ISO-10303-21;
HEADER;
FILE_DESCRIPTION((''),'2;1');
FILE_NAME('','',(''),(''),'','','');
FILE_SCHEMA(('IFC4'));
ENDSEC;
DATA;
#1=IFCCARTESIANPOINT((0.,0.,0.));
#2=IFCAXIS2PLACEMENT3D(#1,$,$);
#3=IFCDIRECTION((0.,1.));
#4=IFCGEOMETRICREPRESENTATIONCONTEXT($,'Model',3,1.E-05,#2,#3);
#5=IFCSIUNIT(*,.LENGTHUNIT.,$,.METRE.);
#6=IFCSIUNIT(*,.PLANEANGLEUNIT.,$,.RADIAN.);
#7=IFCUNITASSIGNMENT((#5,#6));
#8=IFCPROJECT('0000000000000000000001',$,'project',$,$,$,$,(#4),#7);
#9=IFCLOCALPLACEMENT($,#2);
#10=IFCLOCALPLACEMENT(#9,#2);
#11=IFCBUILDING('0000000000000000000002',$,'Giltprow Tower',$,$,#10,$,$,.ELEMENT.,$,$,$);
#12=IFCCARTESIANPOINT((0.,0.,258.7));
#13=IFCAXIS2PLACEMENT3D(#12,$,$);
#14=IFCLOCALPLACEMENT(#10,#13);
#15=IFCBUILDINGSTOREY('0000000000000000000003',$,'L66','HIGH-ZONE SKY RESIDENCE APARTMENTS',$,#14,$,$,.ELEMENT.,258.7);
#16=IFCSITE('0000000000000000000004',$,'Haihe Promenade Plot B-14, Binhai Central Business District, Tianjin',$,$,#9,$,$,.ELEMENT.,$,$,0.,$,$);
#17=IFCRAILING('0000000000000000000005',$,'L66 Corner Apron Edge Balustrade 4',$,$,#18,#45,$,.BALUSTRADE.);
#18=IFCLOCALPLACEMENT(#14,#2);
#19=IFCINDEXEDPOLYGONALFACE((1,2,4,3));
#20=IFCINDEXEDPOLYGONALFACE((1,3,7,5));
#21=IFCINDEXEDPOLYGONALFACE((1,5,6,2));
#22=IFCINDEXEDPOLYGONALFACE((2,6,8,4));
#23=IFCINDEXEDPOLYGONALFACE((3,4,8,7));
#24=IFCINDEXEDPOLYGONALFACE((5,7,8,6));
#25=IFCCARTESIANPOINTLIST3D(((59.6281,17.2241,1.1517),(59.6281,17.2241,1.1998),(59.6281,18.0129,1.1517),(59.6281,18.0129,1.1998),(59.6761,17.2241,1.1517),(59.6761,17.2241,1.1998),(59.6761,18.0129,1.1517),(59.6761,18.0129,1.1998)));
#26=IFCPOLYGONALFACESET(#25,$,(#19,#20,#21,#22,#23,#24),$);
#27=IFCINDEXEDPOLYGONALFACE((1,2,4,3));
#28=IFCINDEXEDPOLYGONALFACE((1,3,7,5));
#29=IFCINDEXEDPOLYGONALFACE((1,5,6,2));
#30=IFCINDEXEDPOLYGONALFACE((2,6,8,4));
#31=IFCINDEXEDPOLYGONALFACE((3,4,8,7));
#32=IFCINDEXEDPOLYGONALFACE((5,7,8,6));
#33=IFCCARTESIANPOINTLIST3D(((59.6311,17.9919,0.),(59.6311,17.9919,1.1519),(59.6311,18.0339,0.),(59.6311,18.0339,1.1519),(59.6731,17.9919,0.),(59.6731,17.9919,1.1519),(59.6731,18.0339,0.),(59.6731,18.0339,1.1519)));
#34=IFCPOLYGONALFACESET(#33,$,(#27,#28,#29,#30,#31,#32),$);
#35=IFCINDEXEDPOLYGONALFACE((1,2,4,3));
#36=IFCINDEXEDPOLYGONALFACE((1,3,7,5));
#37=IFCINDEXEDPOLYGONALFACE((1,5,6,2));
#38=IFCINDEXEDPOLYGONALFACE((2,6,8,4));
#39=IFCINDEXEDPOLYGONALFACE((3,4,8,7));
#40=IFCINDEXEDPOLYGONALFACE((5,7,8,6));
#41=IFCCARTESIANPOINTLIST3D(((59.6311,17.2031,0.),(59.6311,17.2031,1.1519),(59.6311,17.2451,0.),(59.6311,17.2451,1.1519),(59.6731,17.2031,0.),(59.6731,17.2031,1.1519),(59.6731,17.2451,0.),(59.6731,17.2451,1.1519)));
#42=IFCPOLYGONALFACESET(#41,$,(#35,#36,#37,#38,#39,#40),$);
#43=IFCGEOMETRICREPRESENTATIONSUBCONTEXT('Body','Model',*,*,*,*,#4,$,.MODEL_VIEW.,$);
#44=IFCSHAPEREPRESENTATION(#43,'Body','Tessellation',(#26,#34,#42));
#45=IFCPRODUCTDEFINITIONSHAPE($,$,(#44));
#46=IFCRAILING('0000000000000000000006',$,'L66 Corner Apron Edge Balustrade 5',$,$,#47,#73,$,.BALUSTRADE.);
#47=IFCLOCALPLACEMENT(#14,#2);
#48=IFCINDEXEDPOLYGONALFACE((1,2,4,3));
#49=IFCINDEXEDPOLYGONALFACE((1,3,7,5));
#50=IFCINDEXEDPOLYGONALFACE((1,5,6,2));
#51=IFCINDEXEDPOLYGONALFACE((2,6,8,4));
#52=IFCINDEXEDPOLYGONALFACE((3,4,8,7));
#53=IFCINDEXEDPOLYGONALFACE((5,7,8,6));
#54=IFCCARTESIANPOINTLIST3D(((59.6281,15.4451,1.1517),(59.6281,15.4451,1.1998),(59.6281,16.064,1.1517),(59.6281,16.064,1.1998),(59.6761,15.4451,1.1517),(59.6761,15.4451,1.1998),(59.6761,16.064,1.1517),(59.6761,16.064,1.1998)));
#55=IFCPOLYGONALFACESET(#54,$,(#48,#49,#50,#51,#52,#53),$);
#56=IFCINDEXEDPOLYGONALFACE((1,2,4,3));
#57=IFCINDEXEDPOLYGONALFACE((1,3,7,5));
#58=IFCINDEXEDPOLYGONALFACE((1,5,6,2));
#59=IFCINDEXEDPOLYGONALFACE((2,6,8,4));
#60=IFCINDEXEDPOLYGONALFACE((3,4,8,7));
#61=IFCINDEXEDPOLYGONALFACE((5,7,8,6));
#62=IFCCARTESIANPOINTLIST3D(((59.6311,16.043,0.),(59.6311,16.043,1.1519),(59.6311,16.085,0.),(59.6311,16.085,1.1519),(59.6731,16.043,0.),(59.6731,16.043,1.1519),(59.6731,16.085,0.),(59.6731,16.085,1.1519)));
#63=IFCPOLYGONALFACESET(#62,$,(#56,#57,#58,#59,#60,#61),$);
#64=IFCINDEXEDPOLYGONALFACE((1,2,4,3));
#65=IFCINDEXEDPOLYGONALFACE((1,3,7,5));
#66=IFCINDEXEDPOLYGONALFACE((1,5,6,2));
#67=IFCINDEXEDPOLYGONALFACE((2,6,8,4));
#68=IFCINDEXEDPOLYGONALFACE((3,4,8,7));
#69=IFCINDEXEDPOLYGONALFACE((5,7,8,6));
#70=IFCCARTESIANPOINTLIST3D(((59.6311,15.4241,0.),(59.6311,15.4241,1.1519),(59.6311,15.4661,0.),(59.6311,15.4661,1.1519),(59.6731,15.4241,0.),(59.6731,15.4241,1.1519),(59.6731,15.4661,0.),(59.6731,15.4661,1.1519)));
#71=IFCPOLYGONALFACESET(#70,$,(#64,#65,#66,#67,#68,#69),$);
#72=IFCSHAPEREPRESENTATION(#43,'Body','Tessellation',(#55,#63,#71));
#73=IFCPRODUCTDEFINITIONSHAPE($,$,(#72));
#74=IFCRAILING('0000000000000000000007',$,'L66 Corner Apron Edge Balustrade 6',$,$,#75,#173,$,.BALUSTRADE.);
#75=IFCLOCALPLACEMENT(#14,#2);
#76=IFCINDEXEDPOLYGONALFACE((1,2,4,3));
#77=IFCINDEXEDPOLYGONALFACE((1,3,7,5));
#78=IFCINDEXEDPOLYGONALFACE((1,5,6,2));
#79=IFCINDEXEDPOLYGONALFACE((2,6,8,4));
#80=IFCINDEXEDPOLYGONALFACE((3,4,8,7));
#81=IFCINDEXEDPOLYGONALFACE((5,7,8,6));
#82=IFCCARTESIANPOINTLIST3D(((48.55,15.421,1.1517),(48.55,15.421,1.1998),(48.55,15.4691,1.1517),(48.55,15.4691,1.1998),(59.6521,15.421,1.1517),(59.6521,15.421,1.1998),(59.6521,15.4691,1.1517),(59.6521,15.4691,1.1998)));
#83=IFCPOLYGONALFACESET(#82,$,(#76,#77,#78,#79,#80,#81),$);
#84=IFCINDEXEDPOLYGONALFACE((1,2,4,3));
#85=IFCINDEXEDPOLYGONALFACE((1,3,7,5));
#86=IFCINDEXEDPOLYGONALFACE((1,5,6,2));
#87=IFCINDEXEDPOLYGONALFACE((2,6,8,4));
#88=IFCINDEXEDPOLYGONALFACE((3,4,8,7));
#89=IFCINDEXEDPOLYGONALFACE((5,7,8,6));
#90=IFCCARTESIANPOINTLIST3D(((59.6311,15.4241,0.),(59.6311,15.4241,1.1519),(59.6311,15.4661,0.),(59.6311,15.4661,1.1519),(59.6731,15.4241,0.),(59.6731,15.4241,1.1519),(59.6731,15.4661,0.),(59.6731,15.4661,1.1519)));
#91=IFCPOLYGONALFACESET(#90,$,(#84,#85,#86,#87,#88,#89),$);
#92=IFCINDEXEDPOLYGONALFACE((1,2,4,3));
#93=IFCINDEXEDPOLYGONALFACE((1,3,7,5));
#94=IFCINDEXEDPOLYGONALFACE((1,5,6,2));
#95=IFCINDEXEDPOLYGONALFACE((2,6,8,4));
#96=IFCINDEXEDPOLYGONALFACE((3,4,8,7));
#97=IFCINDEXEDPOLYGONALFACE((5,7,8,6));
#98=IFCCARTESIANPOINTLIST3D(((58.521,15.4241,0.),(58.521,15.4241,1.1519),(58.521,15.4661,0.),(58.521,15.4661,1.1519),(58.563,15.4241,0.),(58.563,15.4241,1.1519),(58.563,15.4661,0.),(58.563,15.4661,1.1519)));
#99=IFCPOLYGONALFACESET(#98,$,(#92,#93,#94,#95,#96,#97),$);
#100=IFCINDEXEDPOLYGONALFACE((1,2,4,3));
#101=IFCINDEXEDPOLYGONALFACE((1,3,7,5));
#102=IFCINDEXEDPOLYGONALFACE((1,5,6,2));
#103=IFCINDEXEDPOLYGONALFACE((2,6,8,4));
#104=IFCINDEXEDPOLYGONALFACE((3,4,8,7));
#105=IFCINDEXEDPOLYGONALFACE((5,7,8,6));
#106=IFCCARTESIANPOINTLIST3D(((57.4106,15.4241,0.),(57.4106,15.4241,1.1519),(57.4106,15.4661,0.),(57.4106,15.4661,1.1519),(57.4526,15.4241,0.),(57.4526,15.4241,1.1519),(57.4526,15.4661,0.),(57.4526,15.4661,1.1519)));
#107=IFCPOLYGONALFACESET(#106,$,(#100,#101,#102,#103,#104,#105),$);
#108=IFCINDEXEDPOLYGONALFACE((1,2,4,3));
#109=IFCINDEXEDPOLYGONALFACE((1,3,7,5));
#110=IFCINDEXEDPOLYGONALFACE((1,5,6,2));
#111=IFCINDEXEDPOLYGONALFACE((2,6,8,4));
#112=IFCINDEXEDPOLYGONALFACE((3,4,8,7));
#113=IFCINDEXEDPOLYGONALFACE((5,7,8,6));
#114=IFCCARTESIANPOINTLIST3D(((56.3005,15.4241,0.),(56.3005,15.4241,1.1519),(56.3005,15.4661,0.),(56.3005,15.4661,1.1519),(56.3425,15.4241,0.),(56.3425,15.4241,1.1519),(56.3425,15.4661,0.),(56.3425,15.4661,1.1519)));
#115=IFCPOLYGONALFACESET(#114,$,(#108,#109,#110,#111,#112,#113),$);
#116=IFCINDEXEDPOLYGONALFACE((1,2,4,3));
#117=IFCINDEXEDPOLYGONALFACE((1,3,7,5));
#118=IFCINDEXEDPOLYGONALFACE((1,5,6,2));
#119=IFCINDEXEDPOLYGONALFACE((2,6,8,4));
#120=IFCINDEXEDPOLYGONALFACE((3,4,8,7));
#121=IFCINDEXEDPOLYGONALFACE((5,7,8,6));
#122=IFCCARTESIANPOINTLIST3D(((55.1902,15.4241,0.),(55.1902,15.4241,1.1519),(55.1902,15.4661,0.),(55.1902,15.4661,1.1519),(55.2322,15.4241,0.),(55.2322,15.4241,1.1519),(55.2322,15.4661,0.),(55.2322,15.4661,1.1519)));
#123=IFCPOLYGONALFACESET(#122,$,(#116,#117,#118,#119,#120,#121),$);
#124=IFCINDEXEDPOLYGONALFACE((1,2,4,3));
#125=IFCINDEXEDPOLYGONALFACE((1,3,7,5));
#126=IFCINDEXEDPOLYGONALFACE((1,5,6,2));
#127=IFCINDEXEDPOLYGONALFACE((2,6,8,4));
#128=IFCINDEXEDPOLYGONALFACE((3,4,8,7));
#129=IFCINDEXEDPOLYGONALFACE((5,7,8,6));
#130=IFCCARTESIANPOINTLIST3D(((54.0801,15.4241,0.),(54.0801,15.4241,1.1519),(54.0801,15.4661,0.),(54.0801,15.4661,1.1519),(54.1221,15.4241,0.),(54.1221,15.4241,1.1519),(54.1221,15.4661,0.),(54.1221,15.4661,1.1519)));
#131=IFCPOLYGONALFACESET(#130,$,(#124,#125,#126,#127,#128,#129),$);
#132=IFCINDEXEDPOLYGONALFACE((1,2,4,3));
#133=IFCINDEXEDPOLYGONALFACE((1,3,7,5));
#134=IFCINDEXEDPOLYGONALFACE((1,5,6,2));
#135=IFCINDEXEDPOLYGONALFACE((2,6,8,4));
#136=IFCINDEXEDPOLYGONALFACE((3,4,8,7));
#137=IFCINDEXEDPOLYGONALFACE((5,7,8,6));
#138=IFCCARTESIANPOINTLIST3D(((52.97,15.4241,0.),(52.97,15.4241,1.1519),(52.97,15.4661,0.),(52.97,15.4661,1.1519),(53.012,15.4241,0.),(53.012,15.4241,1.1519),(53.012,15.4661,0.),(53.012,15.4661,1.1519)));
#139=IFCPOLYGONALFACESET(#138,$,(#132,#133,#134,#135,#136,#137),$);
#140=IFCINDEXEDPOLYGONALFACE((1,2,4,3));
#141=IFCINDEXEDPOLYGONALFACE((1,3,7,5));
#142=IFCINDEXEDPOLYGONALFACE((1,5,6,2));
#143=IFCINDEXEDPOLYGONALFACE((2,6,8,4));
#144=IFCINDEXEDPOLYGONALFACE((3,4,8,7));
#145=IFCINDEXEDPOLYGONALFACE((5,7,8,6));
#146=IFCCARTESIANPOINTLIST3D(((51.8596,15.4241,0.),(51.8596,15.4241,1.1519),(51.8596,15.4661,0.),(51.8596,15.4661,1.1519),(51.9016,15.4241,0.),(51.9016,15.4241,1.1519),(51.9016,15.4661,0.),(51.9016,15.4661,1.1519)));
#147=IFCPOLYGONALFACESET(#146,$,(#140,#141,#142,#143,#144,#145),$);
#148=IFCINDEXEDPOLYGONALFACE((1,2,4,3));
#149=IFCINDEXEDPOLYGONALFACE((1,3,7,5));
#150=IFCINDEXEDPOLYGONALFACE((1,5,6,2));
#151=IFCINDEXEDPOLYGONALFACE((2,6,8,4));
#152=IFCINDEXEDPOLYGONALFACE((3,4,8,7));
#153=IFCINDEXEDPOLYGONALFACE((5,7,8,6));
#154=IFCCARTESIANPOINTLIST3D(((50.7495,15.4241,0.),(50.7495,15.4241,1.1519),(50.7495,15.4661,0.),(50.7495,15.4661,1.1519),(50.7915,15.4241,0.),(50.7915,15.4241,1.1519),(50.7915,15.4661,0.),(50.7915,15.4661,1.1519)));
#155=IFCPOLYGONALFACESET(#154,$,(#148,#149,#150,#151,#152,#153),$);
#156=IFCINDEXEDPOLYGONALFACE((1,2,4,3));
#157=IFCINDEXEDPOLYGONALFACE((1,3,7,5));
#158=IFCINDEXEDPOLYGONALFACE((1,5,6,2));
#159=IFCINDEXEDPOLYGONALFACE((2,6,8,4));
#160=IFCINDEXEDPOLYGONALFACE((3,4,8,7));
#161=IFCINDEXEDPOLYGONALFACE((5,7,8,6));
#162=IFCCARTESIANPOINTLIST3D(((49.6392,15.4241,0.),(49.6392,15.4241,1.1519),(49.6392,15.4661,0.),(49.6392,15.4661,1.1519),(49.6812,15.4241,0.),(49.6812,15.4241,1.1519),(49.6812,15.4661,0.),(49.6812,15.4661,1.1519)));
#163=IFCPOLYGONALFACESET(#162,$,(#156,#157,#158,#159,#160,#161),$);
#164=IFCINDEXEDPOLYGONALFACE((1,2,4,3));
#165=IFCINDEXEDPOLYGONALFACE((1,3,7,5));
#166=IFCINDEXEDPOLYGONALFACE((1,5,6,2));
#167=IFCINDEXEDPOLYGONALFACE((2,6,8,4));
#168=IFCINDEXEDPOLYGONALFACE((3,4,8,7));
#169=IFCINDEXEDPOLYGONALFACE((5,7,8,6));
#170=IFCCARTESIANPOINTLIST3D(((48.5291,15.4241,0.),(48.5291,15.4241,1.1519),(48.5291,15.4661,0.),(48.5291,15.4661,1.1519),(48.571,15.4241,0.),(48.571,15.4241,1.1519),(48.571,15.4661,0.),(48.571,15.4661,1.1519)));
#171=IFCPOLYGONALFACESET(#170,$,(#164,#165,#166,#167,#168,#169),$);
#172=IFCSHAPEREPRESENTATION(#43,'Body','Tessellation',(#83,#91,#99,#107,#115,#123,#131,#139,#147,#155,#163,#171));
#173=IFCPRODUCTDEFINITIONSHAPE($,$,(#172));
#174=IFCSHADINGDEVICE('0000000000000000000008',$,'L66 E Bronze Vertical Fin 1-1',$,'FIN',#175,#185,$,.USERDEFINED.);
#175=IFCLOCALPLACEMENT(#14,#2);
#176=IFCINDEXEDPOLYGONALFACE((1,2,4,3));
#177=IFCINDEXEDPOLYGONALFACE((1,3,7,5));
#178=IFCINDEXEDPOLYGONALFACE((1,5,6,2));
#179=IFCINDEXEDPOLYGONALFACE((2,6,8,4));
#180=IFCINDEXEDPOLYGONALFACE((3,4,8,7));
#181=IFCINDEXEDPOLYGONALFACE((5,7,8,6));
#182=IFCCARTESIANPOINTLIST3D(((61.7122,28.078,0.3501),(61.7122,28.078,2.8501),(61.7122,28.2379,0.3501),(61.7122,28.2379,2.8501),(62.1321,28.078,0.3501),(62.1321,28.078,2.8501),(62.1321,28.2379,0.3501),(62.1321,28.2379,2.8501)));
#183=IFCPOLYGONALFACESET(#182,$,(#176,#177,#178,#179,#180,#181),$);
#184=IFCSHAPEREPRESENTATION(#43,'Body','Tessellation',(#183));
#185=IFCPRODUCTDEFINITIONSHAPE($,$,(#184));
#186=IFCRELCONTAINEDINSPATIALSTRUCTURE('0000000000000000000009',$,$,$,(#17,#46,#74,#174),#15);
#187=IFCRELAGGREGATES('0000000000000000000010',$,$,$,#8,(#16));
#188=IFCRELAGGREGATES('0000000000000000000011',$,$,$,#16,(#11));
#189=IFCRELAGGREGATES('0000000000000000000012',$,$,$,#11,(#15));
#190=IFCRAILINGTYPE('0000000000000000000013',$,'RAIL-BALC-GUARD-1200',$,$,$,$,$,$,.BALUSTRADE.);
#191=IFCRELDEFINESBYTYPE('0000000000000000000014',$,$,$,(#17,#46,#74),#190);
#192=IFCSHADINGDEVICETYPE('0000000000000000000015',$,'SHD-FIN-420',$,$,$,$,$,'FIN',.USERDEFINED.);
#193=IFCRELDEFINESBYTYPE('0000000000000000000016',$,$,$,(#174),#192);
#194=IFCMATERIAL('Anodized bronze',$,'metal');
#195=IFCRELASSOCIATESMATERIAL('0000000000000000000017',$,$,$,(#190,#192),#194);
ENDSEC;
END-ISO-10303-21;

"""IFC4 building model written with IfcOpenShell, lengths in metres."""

from ifc_helpers import new_model, si_unit, direction, frame, origin, origin_2d, place, context, subcontext, project, spatial, rectangle, extrude, source, transform, mapped, material, type_object, element, save


model = new_model("IFC4")

# Units and contexts
model_context = context("Model", 3, precision=1e-05, world=origin(), true_north=direction((0.0, 1.0)))
body_context = subcontext(model_context, "Body", "Model", "MODEL_VIEW")
ifc_project = project(units=[si_unit("LENGTHUNIT", "METRE"), si_unit("PLANEANGLEUNIT", "RADIAN")], contexts=[model_context])

# Site, building, storey
site_placement = place(None, origin())
site = spatial("IfcSite", under=ifc_project, at=site_placement, Name="Haihe Promenade Plot B-14, Binhai Central Business District, Tianjin", CompositionType="ELEMENT", RefElevation=0.0)
building_placement = place(site_placement, origin())
building = spatial("IfcBuilding", under=site, at=building_placement, Name="Giltprow Tower", CompositionType="ELEMENT")
storey_placement = place(building_placement, frame((0.0, 0.0, 258.7)))
storey = spatial("IfcBuildingStorey", under=building, at=storey_placement, Name="L66", Description="HIGH-ZONE SKY RESIDENCE APARTMENTS", CompositionType="ELEMENT", Elevation=258.7)

# Shared definitions
ifc_material_1 = material(Name="Anodized bronze", Category="metal")

# Railings
railing_type = type_object("IfcRailingType", Name="RAIL-BALC-GUARD-1200", PredefinedType="BALUSTRADE", material=ifc_material_1)
railing_1_placement = place(storey_placement, frame((59.6521, 18.0129, 0.0)))
element("IfcRailing", 1, at=railing_1_placement, inside=storey, type_object=railing_type, Name="L66 Corner Apron Edge Balustrade 4", PredefinedType="BALUSTRADE", context=body_context, shape_type="SweptSolid", body=[
    extrude(rectangle(XDim=0.0481, YDim=0.0481, at=origin_2d()), frame((0.0, 0.0, 1.1758), z_axis=(0.0, -1.0, 0.0), x_axis=(1.0, 0.0, 0.0)), (0.0, 0.0, 1.0), 0.7888),
    extrude(rectangle(XDim=0.042, YDim=0.042, at=origin_2d()), origin(), (0.0, 0.0, 1.0), 1.1519),
    extrude(rectangle(XDim=0.042, YDim=0.042, at=origin_2d()), frame((0.0, -0.7888, 0.0)), (0.0, 0.0, 1.0), 1.1519),
])
railing_2_placement = place(storey_placement, frame((59.6521, 16.064, 0.0)))
element("IfcRailing", 2, at=railing_2_placement, inside=storey, type_object=railing_type, Name="L66 Corner Apron Edge Balustrade 5", PredefinedType="BALUSTRADE", context=body_context, shape_type="SweptSolid", body=[
    extrude(rectangle(XDim=0.0481, YDim=0.0481, at=origin_2d()), frame((0.0, 0.0, 1.1758), z_axis=(0.0, -1.0, 0.0), x_axis=(1.0, 0.0, 0.0)), (0.0, 0.0, 1.0), 0.6189),
    extrude(rectangle(XDim=0.042, YDim=0.042, at=origin_2d()), origin(), (0.0, 0.0, 1.0), 1.1519),
    extrude(rectangle(XDim=0.042, YDim=0.042, at=origin_2d()), frame((0.0, -0.6189, 0.0)), (0.0, 0.0, 1.0), 1.1519),
])
railing_3_placement = place(storey_placement, frame((59.6521, 15.4451, 0.0)))
element("IfcRailing", 3, at=railing_3_placement, inside=storey, type_object=railing_type, Name="L66 Corner Apron Edge Balustrade 6", PredefinedType="BALUSTRADE", context=body_context, shape_type="SweptSolid", body=[
    extrude(rectangle(XDim=0.0481, YDim=0.0481, at=origin_2d()), frame((0.0, 0.0, 1.1758), z_axis=(-1.0, 0.0, 0.0), x_axis=(0.0, -1.0, 0.0)), (0.0, 0.0, 1.0), 11.1021),
    extrude(rectangle(XDim=0.042, YDim=0.042, at=origin_2d()), origin(), (0.0, 0.0, 1.0), 1.1519),
    extrude(rectangle(XDim=0.042, YDim=0.042, at=origin_2d()), frame((-1.1101, 0.0, 0.0)), (0.0, 0.0, 1.0), 1.1519),
    extrude(rectangle(XDim=0.042, YDim=0.042, at=origin_2d()), frame((-2.2205, 0.0, 0.0)), (0.0, 0.0, 1.0), 1.1519),
    extrude(rectangle(XDim=0.042, YDim=0.042, at=origin_2d()), frame((-3.3306, 0.0, 0.0)), (0.0, 0.0, 1.0), 1.1519),
    extrude(rectangle(XDim=0.042, YDim=0.042, at=origin_2d()), frame((-4.4409, 0.0, 0.0)), (0.0, 0.0, 1.0), 1.1519),
    extrude(rectangle(XDim=0.042, YDim=0.042, at=origin_2d()), frame((-5.551, 0.0, 0.0)), (0.0, 0.0, 1.0), 1.1519),
    extrude(rectangle(XDim=0.042, YDim=0.042, at=origin_2d()), frame((-6.6611, 0.0, 0.0)), (0.0, 0.0, 1.0), 1.1519),
    extrude(rectangle(XDim=0.042, YDim=0.042, at=origin_2d()), frame((-7.7715, 0.0, 0.0)), (0.0, 0.0, 1.0), 1.1519),
    extrude(rectangle(XDim=0.042, YDim=0.042, at=origin_2d()), frame((-8.8816, 0.0, 0.0)), (0.0, 0.0, 1.0), 1.1519),
    extrude(rectangle(XDim=0.042, YDim=0.042, at=origin_2d()), frame((-9.9919, 0.0, 0.0)), (0.0, 0.0, 1.0), 1.1519),
    extrude(rectangle(XDim=0.042, YDim=0.042, at=origin_2d()), frame((-11.1021, 0.0, 0.0)), (0.0, 0.0, 1.0), 1.1519),
])

# Shading device
shading_device_type = type_object("IfcShadingDeviceType", Name="SHD-FIN-420", ElementType="FIN", PredefinedType="USERDEFINED", material=ifc_material_1)
shared_shape_1 = source(origin(), body_context, "Body", "SweptSolid", [
    extrude(rectangle(XDim=0.4199, YDim=0.1599, at=origin_2d()), origin(), (0.0, 0.0, 1.0), 2.5),
])
shading_device_placement = place(storey_placement, frame((61.9221, 28.158, 0.3501), z_axis=(0.0, 0.0, 1.0), x_axis=(1.0, 0.0, 0.0)))
element("IfcShadingDevice", 4, at=shading_device_placement, inside=storey, type_object=shading_device_type, Name="L66 E Bronze Vertical Fin 1-1", ObjectType="FIN", PredefinedType="USERDEFINED", context=body_context, shape_type="MappedRepresentation", body=[
    mapped(shared_shape_1, transform((0.0, 0.0, 0.0), x_axis=(1.0, 0.0, 0.0), y_axis=(0.0, 1.0, 0.0), z_axis=(0.0, 0.0, 1.0), scale=1.0)),
])

save(model, "model.ifc")
